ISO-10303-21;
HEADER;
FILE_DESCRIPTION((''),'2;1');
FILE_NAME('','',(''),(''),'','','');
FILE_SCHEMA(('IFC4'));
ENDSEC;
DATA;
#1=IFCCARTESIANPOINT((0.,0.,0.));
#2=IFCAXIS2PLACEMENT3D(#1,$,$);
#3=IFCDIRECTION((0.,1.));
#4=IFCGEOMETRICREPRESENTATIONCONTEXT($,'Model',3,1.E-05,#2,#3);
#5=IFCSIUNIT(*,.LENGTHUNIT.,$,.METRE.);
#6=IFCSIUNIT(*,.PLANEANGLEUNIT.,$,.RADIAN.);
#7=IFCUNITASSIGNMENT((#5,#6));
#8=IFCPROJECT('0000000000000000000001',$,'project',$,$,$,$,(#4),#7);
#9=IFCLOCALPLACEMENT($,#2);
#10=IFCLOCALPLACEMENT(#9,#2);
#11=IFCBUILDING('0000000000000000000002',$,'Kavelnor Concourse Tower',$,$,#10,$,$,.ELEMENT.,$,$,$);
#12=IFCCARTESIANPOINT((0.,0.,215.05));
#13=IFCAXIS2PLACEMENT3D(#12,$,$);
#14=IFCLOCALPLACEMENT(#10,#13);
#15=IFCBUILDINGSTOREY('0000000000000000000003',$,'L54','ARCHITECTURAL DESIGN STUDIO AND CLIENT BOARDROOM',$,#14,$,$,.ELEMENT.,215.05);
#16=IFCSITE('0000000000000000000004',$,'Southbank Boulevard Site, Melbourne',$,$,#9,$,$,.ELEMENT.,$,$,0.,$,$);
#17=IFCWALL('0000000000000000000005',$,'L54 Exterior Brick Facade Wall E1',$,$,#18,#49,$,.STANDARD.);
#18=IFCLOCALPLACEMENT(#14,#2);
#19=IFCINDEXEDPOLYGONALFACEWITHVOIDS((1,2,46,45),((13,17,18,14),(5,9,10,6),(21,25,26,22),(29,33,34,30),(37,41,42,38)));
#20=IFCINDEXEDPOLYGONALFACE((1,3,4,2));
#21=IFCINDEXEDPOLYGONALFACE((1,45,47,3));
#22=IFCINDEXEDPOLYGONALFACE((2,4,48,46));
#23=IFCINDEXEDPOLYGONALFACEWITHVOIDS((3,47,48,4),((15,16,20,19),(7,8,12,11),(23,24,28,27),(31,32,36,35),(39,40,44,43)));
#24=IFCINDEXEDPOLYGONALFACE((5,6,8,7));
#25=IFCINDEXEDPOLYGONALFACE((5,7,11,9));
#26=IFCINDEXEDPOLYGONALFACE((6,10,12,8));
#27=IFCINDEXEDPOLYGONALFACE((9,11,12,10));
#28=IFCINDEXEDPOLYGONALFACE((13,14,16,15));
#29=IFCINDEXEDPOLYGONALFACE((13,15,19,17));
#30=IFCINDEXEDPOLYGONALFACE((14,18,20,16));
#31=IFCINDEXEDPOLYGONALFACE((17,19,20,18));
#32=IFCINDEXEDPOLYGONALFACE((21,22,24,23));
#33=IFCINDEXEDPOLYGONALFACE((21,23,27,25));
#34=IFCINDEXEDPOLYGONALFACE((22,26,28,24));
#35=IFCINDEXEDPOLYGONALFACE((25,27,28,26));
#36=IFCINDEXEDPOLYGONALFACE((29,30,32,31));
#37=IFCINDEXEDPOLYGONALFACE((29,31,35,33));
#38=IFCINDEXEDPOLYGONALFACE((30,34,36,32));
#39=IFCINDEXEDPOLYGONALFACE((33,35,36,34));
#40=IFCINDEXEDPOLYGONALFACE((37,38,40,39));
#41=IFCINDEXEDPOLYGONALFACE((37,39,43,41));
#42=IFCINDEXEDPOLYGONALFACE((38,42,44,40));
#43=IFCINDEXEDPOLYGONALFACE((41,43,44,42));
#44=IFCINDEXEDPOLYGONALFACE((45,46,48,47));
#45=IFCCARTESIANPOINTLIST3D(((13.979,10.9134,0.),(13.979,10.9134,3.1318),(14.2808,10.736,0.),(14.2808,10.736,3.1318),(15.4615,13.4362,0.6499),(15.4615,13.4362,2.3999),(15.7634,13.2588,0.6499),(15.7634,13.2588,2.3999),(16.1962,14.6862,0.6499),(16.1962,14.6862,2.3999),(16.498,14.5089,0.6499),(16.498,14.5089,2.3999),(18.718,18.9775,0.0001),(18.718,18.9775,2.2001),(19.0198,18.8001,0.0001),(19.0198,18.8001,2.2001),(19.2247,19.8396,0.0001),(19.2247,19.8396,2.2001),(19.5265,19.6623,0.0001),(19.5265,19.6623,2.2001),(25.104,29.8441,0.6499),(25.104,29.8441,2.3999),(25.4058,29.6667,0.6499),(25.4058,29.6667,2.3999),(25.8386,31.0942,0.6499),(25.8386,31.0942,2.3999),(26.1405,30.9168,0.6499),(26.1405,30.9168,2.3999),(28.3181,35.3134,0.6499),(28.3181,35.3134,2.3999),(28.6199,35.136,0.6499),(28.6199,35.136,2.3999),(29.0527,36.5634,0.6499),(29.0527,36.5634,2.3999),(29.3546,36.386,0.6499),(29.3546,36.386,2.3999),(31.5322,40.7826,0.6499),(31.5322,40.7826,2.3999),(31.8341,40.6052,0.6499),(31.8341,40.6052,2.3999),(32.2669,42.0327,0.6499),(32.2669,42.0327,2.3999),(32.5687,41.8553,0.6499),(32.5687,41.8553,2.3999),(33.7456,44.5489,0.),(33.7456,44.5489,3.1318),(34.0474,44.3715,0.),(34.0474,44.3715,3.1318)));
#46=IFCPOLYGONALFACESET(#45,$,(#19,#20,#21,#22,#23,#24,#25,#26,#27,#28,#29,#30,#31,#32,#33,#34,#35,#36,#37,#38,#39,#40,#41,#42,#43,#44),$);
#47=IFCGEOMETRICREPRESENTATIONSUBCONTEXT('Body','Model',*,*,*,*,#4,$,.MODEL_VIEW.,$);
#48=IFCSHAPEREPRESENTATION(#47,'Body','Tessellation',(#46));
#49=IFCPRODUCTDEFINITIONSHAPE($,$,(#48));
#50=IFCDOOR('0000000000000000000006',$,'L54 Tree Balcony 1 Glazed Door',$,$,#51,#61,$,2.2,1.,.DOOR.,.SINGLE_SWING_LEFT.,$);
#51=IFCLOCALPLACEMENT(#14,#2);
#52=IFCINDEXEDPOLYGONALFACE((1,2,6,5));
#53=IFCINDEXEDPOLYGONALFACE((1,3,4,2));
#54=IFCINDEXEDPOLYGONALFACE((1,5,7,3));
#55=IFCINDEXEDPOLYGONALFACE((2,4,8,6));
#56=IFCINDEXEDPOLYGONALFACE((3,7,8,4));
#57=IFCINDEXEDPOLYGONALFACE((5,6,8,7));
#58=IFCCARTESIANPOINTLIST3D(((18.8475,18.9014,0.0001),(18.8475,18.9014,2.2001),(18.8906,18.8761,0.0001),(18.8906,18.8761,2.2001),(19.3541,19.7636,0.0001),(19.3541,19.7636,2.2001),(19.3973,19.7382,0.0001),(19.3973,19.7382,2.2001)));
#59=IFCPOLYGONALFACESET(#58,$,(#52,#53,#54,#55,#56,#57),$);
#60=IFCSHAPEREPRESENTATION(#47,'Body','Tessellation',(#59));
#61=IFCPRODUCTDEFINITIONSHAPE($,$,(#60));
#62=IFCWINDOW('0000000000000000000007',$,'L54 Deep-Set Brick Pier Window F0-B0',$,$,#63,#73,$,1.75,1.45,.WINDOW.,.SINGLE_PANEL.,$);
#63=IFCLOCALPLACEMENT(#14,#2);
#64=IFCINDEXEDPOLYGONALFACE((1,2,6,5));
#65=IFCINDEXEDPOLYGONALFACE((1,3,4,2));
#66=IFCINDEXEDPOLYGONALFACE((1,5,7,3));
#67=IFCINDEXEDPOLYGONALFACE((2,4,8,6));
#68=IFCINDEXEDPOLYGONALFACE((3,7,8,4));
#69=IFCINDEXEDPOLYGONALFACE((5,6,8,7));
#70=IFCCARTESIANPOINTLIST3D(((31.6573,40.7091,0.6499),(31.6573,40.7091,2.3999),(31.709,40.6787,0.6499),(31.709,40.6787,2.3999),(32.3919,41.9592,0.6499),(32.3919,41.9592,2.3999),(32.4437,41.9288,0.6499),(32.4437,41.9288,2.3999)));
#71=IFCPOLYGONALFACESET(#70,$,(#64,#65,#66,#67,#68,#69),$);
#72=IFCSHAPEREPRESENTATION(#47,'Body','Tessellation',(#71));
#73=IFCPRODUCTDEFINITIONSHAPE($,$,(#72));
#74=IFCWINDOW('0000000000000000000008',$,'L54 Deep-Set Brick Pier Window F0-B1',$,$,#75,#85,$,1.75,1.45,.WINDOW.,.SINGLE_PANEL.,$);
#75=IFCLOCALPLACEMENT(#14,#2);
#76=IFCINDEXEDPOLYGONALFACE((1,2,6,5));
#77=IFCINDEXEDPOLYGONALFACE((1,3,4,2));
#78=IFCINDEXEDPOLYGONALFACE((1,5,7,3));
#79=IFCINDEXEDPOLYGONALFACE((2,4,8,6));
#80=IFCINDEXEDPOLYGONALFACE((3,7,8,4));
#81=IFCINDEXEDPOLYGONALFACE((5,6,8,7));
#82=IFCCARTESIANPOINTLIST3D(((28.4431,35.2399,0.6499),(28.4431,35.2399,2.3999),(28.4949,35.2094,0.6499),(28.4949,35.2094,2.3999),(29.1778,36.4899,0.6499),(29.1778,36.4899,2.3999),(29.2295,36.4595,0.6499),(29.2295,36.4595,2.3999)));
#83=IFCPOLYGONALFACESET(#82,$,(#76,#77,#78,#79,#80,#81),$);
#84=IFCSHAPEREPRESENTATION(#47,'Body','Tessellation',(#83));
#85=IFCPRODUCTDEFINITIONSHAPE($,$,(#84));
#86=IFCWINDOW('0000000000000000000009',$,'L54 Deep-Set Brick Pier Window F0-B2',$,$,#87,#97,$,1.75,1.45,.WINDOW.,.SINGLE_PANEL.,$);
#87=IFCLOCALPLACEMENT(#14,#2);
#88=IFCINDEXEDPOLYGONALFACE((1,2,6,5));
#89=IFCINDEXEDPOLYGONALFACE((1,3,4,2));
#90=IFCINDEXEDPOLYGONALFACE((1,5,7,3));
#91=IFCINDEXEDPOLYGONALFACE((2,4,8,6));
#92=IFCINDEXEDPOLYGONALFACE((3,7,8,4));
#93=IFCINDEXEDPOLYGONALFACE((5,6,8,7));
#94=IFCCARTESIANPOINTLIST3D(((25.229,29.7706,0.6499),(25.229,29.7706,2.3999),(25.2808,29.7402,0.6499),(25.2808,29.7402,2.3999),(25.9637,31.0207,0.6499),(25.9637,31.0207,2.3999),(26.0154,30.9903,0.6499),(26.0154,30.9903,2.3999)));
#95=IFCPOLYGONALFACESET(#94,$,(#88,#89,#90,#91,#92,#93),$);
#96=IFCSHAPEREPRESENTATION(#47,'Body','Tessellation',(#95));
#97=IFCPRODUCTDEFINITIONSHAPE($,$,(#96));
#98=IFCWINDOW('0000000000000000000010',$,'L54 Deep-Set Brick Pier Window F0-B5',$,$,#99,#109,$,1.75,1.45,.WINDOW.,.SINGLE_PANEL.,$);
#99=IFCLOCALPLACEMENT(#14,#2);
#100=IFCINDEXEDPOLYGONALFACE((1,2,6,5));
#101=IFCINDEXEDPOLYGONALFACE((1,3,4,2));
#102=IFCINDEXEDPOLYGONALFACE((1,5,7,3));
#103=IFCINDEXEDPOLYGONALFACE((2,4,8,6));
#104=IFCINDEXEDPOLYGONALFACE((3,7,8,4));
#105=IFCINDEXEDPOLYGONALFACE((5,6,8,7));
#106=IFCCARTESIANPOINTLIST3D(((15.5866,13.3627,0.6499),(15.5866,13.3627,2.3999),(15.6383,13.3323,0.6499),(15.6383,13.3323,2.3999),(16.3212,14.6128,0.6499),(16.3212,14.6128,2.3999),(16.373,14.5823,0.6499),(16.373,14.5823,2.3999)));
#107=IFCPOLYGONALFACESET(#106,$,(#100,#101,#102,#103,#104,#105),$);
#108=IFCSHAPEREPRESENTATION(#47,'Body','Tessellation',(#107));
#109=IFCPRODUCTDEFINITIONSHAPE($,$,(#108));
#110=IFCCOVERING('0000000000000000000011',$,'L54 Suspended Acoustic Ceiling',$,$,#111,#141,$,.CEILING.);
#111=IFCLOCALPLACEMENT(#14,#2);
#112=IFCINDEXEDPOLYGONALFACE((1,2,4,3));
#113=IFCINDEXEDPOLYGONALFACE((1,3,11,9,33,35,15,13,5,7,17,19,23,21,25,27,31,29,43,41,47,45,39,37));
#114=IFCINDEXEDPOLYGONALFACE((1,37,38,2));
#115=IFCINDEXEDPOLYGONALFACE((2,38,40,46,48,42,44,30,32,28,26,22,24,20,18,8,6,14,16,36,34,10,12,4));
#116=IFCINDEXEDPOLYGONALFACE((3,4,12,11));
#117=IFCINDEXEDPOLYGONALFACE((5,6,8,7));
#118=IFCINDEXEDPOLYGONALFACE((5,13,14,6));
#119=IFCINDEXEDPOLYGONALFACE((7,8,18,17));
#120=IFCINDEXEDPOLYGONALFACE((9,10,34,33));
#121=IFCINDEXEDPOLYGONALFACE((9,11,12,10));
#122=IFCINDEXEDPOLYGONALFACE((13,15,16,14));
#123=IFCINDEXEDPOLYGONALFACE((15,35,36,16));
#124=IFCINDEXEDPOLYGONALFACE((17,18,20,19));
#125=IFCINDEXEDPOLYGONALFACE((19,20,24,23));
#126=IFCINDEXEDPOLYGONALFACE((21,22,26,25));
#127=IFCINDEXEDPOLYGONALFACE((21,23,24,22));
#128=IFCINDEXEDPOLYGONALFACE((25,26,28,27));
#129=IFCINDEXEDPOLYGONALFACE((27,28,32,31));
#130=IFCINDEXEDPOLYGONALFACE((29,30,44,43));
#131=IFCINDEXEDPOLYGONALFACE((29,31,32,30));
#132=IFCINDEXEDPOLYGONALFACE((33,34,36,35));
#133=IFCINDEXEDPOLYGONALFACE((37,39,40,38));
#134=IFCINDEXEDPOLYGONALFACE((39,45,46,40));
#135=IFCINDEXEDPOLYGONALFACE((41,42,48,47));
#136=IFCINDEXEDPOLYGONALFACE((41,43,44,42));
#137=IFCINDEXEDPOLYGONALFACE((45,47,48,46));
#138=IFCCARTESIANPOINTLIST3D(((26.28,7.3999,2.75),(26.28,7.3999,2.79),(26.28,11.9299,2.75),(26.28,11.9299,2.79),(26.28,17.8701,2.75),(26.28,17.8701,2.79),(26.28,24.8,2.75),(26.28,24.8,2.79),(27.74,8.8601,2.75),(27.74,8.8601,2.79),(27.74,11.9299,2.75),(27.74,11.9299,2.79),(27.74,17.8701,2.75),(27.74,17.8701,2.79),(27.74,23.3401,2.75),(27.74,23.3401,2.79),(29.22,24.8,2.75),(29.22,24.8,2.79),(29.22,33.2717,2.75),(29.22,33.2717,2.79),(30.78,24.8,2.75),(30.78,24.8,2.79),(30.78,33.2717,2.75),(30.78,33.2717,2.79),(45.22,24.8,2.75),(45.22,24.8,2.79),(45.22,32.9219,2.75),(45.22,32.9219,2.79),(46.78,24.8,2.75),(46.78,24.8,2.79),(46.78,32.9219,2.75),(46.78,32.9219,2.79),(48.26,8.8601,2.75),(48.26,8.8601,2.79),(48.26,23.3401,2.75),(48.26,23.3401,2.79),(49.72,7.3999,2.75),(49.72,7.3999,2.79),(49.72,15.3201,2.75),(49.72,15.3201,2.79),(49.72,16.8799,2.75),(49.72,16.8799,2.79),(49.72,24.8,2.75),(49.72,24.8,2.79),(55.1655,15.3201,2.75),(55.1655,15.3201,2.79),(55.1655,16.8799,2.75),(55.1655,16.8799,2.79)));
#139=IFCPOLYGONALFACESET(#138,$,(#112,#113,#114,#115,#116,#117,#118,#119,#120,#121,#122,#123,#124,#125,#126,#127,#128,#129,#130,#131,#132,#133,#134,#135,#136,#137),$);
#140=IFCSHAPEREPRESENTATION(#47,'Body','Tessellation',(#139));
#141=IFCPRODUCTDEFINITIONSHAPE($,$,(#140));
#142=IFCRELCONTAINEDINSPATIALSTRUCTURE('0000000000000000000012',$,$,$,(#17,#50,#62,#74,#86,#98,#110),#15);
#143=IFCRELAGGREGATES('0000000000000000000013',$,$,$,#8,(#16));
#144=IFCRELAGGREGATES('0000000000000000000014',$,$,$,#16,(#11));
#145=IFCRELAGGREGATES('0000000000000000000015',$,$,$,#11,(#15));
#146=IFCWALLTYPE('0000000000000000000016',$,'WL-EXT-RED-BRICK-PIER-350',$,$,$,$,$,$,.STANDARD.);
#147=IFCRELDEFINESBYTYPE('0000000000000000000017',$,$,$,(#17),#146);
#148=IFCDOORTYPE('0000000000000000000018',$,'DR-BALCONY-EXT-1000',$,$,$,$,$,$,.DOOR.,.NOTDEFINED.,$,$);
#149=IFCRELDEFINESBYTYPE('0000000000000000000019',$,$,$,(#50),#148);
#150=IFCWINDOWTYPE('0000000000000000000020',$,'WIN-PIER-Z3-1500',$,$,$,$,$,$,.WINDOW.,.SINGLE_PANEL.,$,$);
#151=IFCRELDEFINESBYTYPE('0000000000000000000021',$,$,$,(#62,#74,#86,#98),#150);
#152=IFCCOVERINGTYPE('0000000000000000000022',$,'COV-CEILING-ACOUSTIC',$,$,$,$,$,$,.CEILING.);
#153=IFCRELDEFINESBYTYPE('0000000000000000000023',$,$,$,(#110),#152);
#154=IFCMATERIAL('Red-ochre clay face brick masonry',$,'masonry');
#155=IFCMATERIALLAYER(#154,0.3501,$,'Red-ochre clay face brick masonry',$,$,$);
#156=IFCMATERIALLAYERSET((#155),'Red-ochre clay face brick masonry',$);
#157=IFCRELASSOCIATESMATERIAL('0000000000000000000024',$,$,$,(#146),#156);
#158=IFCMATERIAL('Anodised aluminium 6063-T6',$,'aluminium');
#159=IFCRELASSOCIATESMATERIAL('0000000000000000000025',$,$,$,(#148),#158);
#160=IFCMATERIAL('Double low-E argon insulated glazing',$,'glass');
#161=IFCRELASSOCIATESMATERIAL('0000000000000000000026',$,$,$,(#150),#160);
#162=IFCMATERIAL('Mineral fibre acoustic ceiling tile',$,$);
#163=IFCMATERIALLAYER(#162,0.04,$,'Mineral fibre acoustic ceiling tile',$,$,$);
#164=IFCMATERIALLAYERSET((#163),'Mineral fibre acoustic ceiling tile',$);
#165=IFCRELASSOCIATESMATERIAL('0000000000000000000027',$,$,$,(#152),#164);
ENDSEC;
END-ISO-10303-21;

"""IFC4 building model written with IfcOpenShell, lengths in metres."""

from ifc_helpers import new_model, si_unit, direction, frame, frame_2d, origin, place, context, subcontext, project, spatial, polyline, rectangle, outline, extrude, material, layer, layer_set, type_object, element, fill, save


model = new_model("IFC4")

# Units and contexts
model_context = context("Model", 3, precision=1e-05, world=origin(), true_north=direction((0.0, 1.0)))
body_context = subcontext(model_context, "Body", "Model", "MODEL_VIEW")
ifc_project = project(units=[si_unit("LENGTHUNIT", "METRE"), si_unit("PLANEANGLEUNIT", "RADIAN")], contexts=[model_context])

# Site, building, storey
site_placement = place(None, origin())
site = spatial("IfcSite", under=ifc_project, at=site_placement, Name="Southbank Boulevard Site, Melbourne", CompositionType="ELEMENT", RefElevation=0.0)
building_placement = place(site_placement, origin())
building = spatial("IfcBuilding", under=site, at=building_placement, Name="Kavelnor Concourse Tower", CompositionType="ELEMENT")
storey_placement = place(building_placement, frame((0.0, 0.0, 215.05)))
storey = spatial("IfcBuildingStorey", under=building, at=storey_placement, Name="L54", Description="ARCHITECTURAL DESIGN STUDIO AND CLIENT BOARDROOM", CompositionType="ELEMENT", Elevation=215.05)

# Wall, openings, door, windows
ifc_material_1 = material(Name="Red-ochre clay face brick masonry", Category="masonry")
ifc_layer_1 = layer(ifc_material_1, 0.3501, Name="Red-ochre clay face brick masonry")
ifc_layer_set_1 = layer_set([ifc_layer_1], Name="Red-ochre clay face brick masonry")
wall_type = type_object("IfcWallType", Name="WL-EXT-RED-BRICK-PIER-350", PredefinedType="STANDARD", material=ifc_layer_set_1)
wall_placement = place(storey_placement, frame((14.1299, 10.8247, 0.0), z_axis=(0.0, 0.0, 1.0), x_axis=(0.506659, 0.862147, 0.0)))
wall = element("IfcWall", 1, at=wall_placement, inside=storey, type_object=wall_type, Name="L54 Exterior Brick Facade Wall E1", PredefinedType="STANDARD", context=body_context, shape_type="SweptSolid", body=[
    extrude(rectangle(XDim=39.0137, YDim=0.3501, at=frame_2d((19.5068, 0.0))), origin(), (0.0, 0.0, 1.0), 3.1318),
])
opening_1_placement = place(wall_placement, frame((9.3535, 0.0, 0.0)))
opening_1 = element("IfcOpeningElement", 2, at=opening_1_placement, cuts=wall, PredefinedType="OPENING", context=body_context, shape_type="SweptSolid", body=[
    extrude(rectangle(XDim=1.0, YDim=2.2, at=frame_2d((0.5, 1.1001))), frame((0.0, 0.1851, 0.0), z_axis=(0.0, -1.0, 0.0), x_axis=(1.0, 0.0, 0.0)), (0.0, 0.0, 1.0), 0.3701),
])
opening_2_placement = place(wall_placement, frame((34.645, 0.0, 0.6499)))
opening_2 = element("IfcOpeningElement", 3, at=opening_2_placement, cuts=wall, PredefinedType="OPENING", context=body_context, shape_type="SweptSolid", body=[
    extrude(rectangle(XDim=1.45, YDim=1.75, at=frame_2d((0.7251, 0.875))), frame((0.0, 0.1851, 0.0), z_axis=(0.0, -1.0, 0.0), x_axis=(1.0, 0.0, 0.0)), (0.0, 0.0, 1.0), 0.3701),
])
opening_3_placement = place(wall_placement, frame((28.3013, 0.0, 0.6499)))
opening_3 = element("IfcOpeningElement", 4, at=opening_3_placement, cuts=wall, PredefinedType="OPENING", context=body_context, shape_type="SweptSolid", body=[
    extrude(rectangle(XDim=1.45, YDim=1.75, at=frame_2d((0.7251, 0.875))), frame((0.0, 0.1851, 0.0), z_axis=(0.0, -1.0, 0.0), x_axis=(1.0, 0.0, 0.0)), (0.0, 0.0, 1.0), 0.3701),
])
opening_4_placement = place(wall_placement, frame((21.9575, 0.0, 0.6499)))
opening_4 = element("IfcOpeningElement", 5, at=opening_4_placement, cuts=wall, PredefinedType="OPENING", context=body_context, shape_type="SweptSolid", body=[
    extrude(rectangle(XDim=1.45, YDim=1.75, at=frame_2d((0.7251, 0.875))), frame((0.0, 0.1851, 0.0), z_axis=(0.0, -1.0, 0.0), x_axis=(1.0, 0.0, 0.0)), (0.0, 0.0, 1.0), 0.3701),
])
opening_5_placement = place(wall_placement, frame((2.926, 0.0, 0.6499)))
opening_5 = element("IfcOpeningElement", 6, at=opening_5_placement, cuts=wall, PredefinedType="OPENING", context=body_context, shape_type="SweptSolid", body=[
    extrude(rectangle(XDim=1.45, YDim=1.75, at=frame_2d((0.7251, 0.875))), frame((0.0, 0.1851, 0.0), z_axis=(0.0, -1.0, 0.0), x_axis=(1.0, 0.0, 0.0)), (0.0, 0.0, 1.0), 0.3701),
])
ifc_material_2 = material(Name="Anodised aluminium 6063-T6", Category="aluminium")
door_type = type_object("IfcDoorType", Name="DR-BALCONY-EXT-1000", OperationType="NOTDEFINED", PredefinedType="DOOR", material=ifc_material_2)
door_placement = place(opening_1_placement, origin())
door = element("IfcDoor", 7, at=door_placement, inside=storey, type_object=door_type, Name="L54 Tree Balcony 1 Glazed Door", OperationType="SINGLE_SWING_LEFT", OverallHeight=2.2, OverallWidth=1.0, PredefinedType="DOOR", context=body_context, shape_type="SweptSolid", body=[
    extrude(rectangle(XDim=1.0, YDim=2.2, at=frame_2d((0.5, 1.1001))), frame((0.0, 0.0249, 0.0), z_axis=(0.0, -1.0, 0.0), x_axis=(1.0, 0.0, 0.0)), (0.0, 0.0, 1.0), 0.05),
])
fill(opening_1, door)
ifc_material_3 = material(Name="Double low-E argon insulated glazing", Category="glass")
window_type = type_object("IfcWindowType", Name="WIN-PIER-Z3-1500", PartitioningType="SINGLE_PANEL", PredefinedType="WINDOW", material=ifc_material_3)
window_1_placement = place(opening_2_placement, origin())
window_1 = element("IfcWindow", 8, at=window_1_placement, inside=storey, type_object=window_type, Name="L54 Deep-Set Brick Pier Window F0-B0", OverallHeight=1.75, OverallWidth=1.45, PartitioningType="SINGLE_PANEL", PredefinedType="WINDOW", context=body_context, shape_type="SweptSolid", body=[
    extrude(rectangle(XDim=1.45, YDim=1.75, at=frame_2d((0.7251, 0.875))), frame((0.0, 0.03, 0.0), z_axis=(0.0, -1.0, 0.0), x_axis=(1.0, 0.0, 0.0)), (0.0, 0.0, 1.0), 0.0601),
])
fill(opening_2, window_1)
window_2_placement = place(opening_3_placement, origin())
window_2 = element("IfcWindow", 9, at=window_2_placement, inside=storey, type_object=window_type, Name="L54 Deep-Set Brick Pier Window F0-B1", OverallHeight=1.75, OverallWidth=1.45, PartitioningType="SINGLE_PANEL", PredefinedType="WINDOW", context=body_context, shape_type="SweptSolid", body=[
    extrude(rectangle(XDim=1.45, YDim=1.75, at=frame_2d((0.7251, 0.875))), frame((0.0, 0.03, 0.0), z_axis=(0.0, -1.0, 0.0), x_axis=(1.0, 0.0, 0.0)), (0.0, 0.0, 1.0), 0.0601),
])
fill(opening_3, window_2)
window_3_placement = place(opening_4_placement, origin())
window_3 = element("IfcWindow", 10, at=window_3_placement, inside=storey, type_object=window_type, Name="L54 Deep-Set Brick Pier Window F0-B2", OverallHeight=1.75, OverallWidth=1.45, PartitioningType="SINGLE_PANEL", PredefinedType="WINDOW", context=body_context, shape_type="SweptSolid", body=[
    extrude(rectangle(XDim=1.45, YDim=1.75, at=frame_2d((0.7251, 0.875))), frame((0.0, 0.03, 0.0), z_axis=(0.0, -1.0, 0.0), x_axis=(1.0, 0.0, 0.0)), (0.0, 0.0, 1.0), 0.0601),
])
fill(opening_4, window_3)
window_4_placement = place(opening_5_placement, origin())
window_4 = element("IfcWindow", 11, at=window_4_placement, inside=storey, type_object=window_type, Name="L54 Deep-Set Brick Pier Window F0-B5", OverallHeight=1.75, OverallWidth=1.45, PartitioningType="SINGLE_PANEL", PredefinedType="WINDOW", context=body_context, shape_type="SweptSolid", body=[
    extrude(rectangle(XDim=1.45, YDim=1.75, at=frame_2d((0.7251, 0.875))), frame((0.0, 0.03, 0.0), z_axis=(0.0, -1.0, 0.0), x_axis=(1.0, 0.0, 0.0)), (0.0, 0.0, 1.0), 0.0601),
])
fill(opening_5, window_4)

# Covering
ifc_material_4 = material(Name="Mineral fibre acoustic ceiling tile")
ifc_layer_2 = layer(ifc_material_4, 0.04, Name="Mineral fibre acoustic ceiling tile")
ifc_layer_set_2 = layer_set([ifc_layer_2], Name="Mineral fibre acoustic ceiling tile")
covering_type = type_object("IfcCoveringType", Name="COV-CEILING-ACOUSTIC", PredefinedType="CEILING", material=ifc_layer_set_2)
covering_placement = place(storey_placement, frame((0.0, 0.0, 2.75)))
element("IfcCovering", 12, at=covering_placement, inside=storey, type_object=covering_type, Name="L54 Suspended Acoustic Ceiling", PredefinedType="CEILING", context=body_context, shape_type="SweptSolid", body=[
    extrude(outline(polyline([(29.22, 24.8), (29.22, 33.2717), (30.78, 33.2717), (30.78, 24.8), (45.22, 24.8), (45.22, 32.9219), (46.78, 32.9219), (46.78, 24.8), (49.72, 24.8), (49.72, 16.8799), (55.1655, 16.8799), (55.1655, 15.3201), (49.72, 15.3201), (49.72, 7.3999), (26.28, 7.3999), (26.28, 11.9299), (27.74, 11.9299), (27.74, 8.8601), (48.26, 8.8601), (48.26, 23.3401), (27.74, 23.3401), (27.74, 17.8701), (26.28, 17.8701), (26.28, 24.8), (29.22, 24.8)])), origin(), (0.0, 0.0, 1.0), 0.04),
])

save(model, "model.ifc")
